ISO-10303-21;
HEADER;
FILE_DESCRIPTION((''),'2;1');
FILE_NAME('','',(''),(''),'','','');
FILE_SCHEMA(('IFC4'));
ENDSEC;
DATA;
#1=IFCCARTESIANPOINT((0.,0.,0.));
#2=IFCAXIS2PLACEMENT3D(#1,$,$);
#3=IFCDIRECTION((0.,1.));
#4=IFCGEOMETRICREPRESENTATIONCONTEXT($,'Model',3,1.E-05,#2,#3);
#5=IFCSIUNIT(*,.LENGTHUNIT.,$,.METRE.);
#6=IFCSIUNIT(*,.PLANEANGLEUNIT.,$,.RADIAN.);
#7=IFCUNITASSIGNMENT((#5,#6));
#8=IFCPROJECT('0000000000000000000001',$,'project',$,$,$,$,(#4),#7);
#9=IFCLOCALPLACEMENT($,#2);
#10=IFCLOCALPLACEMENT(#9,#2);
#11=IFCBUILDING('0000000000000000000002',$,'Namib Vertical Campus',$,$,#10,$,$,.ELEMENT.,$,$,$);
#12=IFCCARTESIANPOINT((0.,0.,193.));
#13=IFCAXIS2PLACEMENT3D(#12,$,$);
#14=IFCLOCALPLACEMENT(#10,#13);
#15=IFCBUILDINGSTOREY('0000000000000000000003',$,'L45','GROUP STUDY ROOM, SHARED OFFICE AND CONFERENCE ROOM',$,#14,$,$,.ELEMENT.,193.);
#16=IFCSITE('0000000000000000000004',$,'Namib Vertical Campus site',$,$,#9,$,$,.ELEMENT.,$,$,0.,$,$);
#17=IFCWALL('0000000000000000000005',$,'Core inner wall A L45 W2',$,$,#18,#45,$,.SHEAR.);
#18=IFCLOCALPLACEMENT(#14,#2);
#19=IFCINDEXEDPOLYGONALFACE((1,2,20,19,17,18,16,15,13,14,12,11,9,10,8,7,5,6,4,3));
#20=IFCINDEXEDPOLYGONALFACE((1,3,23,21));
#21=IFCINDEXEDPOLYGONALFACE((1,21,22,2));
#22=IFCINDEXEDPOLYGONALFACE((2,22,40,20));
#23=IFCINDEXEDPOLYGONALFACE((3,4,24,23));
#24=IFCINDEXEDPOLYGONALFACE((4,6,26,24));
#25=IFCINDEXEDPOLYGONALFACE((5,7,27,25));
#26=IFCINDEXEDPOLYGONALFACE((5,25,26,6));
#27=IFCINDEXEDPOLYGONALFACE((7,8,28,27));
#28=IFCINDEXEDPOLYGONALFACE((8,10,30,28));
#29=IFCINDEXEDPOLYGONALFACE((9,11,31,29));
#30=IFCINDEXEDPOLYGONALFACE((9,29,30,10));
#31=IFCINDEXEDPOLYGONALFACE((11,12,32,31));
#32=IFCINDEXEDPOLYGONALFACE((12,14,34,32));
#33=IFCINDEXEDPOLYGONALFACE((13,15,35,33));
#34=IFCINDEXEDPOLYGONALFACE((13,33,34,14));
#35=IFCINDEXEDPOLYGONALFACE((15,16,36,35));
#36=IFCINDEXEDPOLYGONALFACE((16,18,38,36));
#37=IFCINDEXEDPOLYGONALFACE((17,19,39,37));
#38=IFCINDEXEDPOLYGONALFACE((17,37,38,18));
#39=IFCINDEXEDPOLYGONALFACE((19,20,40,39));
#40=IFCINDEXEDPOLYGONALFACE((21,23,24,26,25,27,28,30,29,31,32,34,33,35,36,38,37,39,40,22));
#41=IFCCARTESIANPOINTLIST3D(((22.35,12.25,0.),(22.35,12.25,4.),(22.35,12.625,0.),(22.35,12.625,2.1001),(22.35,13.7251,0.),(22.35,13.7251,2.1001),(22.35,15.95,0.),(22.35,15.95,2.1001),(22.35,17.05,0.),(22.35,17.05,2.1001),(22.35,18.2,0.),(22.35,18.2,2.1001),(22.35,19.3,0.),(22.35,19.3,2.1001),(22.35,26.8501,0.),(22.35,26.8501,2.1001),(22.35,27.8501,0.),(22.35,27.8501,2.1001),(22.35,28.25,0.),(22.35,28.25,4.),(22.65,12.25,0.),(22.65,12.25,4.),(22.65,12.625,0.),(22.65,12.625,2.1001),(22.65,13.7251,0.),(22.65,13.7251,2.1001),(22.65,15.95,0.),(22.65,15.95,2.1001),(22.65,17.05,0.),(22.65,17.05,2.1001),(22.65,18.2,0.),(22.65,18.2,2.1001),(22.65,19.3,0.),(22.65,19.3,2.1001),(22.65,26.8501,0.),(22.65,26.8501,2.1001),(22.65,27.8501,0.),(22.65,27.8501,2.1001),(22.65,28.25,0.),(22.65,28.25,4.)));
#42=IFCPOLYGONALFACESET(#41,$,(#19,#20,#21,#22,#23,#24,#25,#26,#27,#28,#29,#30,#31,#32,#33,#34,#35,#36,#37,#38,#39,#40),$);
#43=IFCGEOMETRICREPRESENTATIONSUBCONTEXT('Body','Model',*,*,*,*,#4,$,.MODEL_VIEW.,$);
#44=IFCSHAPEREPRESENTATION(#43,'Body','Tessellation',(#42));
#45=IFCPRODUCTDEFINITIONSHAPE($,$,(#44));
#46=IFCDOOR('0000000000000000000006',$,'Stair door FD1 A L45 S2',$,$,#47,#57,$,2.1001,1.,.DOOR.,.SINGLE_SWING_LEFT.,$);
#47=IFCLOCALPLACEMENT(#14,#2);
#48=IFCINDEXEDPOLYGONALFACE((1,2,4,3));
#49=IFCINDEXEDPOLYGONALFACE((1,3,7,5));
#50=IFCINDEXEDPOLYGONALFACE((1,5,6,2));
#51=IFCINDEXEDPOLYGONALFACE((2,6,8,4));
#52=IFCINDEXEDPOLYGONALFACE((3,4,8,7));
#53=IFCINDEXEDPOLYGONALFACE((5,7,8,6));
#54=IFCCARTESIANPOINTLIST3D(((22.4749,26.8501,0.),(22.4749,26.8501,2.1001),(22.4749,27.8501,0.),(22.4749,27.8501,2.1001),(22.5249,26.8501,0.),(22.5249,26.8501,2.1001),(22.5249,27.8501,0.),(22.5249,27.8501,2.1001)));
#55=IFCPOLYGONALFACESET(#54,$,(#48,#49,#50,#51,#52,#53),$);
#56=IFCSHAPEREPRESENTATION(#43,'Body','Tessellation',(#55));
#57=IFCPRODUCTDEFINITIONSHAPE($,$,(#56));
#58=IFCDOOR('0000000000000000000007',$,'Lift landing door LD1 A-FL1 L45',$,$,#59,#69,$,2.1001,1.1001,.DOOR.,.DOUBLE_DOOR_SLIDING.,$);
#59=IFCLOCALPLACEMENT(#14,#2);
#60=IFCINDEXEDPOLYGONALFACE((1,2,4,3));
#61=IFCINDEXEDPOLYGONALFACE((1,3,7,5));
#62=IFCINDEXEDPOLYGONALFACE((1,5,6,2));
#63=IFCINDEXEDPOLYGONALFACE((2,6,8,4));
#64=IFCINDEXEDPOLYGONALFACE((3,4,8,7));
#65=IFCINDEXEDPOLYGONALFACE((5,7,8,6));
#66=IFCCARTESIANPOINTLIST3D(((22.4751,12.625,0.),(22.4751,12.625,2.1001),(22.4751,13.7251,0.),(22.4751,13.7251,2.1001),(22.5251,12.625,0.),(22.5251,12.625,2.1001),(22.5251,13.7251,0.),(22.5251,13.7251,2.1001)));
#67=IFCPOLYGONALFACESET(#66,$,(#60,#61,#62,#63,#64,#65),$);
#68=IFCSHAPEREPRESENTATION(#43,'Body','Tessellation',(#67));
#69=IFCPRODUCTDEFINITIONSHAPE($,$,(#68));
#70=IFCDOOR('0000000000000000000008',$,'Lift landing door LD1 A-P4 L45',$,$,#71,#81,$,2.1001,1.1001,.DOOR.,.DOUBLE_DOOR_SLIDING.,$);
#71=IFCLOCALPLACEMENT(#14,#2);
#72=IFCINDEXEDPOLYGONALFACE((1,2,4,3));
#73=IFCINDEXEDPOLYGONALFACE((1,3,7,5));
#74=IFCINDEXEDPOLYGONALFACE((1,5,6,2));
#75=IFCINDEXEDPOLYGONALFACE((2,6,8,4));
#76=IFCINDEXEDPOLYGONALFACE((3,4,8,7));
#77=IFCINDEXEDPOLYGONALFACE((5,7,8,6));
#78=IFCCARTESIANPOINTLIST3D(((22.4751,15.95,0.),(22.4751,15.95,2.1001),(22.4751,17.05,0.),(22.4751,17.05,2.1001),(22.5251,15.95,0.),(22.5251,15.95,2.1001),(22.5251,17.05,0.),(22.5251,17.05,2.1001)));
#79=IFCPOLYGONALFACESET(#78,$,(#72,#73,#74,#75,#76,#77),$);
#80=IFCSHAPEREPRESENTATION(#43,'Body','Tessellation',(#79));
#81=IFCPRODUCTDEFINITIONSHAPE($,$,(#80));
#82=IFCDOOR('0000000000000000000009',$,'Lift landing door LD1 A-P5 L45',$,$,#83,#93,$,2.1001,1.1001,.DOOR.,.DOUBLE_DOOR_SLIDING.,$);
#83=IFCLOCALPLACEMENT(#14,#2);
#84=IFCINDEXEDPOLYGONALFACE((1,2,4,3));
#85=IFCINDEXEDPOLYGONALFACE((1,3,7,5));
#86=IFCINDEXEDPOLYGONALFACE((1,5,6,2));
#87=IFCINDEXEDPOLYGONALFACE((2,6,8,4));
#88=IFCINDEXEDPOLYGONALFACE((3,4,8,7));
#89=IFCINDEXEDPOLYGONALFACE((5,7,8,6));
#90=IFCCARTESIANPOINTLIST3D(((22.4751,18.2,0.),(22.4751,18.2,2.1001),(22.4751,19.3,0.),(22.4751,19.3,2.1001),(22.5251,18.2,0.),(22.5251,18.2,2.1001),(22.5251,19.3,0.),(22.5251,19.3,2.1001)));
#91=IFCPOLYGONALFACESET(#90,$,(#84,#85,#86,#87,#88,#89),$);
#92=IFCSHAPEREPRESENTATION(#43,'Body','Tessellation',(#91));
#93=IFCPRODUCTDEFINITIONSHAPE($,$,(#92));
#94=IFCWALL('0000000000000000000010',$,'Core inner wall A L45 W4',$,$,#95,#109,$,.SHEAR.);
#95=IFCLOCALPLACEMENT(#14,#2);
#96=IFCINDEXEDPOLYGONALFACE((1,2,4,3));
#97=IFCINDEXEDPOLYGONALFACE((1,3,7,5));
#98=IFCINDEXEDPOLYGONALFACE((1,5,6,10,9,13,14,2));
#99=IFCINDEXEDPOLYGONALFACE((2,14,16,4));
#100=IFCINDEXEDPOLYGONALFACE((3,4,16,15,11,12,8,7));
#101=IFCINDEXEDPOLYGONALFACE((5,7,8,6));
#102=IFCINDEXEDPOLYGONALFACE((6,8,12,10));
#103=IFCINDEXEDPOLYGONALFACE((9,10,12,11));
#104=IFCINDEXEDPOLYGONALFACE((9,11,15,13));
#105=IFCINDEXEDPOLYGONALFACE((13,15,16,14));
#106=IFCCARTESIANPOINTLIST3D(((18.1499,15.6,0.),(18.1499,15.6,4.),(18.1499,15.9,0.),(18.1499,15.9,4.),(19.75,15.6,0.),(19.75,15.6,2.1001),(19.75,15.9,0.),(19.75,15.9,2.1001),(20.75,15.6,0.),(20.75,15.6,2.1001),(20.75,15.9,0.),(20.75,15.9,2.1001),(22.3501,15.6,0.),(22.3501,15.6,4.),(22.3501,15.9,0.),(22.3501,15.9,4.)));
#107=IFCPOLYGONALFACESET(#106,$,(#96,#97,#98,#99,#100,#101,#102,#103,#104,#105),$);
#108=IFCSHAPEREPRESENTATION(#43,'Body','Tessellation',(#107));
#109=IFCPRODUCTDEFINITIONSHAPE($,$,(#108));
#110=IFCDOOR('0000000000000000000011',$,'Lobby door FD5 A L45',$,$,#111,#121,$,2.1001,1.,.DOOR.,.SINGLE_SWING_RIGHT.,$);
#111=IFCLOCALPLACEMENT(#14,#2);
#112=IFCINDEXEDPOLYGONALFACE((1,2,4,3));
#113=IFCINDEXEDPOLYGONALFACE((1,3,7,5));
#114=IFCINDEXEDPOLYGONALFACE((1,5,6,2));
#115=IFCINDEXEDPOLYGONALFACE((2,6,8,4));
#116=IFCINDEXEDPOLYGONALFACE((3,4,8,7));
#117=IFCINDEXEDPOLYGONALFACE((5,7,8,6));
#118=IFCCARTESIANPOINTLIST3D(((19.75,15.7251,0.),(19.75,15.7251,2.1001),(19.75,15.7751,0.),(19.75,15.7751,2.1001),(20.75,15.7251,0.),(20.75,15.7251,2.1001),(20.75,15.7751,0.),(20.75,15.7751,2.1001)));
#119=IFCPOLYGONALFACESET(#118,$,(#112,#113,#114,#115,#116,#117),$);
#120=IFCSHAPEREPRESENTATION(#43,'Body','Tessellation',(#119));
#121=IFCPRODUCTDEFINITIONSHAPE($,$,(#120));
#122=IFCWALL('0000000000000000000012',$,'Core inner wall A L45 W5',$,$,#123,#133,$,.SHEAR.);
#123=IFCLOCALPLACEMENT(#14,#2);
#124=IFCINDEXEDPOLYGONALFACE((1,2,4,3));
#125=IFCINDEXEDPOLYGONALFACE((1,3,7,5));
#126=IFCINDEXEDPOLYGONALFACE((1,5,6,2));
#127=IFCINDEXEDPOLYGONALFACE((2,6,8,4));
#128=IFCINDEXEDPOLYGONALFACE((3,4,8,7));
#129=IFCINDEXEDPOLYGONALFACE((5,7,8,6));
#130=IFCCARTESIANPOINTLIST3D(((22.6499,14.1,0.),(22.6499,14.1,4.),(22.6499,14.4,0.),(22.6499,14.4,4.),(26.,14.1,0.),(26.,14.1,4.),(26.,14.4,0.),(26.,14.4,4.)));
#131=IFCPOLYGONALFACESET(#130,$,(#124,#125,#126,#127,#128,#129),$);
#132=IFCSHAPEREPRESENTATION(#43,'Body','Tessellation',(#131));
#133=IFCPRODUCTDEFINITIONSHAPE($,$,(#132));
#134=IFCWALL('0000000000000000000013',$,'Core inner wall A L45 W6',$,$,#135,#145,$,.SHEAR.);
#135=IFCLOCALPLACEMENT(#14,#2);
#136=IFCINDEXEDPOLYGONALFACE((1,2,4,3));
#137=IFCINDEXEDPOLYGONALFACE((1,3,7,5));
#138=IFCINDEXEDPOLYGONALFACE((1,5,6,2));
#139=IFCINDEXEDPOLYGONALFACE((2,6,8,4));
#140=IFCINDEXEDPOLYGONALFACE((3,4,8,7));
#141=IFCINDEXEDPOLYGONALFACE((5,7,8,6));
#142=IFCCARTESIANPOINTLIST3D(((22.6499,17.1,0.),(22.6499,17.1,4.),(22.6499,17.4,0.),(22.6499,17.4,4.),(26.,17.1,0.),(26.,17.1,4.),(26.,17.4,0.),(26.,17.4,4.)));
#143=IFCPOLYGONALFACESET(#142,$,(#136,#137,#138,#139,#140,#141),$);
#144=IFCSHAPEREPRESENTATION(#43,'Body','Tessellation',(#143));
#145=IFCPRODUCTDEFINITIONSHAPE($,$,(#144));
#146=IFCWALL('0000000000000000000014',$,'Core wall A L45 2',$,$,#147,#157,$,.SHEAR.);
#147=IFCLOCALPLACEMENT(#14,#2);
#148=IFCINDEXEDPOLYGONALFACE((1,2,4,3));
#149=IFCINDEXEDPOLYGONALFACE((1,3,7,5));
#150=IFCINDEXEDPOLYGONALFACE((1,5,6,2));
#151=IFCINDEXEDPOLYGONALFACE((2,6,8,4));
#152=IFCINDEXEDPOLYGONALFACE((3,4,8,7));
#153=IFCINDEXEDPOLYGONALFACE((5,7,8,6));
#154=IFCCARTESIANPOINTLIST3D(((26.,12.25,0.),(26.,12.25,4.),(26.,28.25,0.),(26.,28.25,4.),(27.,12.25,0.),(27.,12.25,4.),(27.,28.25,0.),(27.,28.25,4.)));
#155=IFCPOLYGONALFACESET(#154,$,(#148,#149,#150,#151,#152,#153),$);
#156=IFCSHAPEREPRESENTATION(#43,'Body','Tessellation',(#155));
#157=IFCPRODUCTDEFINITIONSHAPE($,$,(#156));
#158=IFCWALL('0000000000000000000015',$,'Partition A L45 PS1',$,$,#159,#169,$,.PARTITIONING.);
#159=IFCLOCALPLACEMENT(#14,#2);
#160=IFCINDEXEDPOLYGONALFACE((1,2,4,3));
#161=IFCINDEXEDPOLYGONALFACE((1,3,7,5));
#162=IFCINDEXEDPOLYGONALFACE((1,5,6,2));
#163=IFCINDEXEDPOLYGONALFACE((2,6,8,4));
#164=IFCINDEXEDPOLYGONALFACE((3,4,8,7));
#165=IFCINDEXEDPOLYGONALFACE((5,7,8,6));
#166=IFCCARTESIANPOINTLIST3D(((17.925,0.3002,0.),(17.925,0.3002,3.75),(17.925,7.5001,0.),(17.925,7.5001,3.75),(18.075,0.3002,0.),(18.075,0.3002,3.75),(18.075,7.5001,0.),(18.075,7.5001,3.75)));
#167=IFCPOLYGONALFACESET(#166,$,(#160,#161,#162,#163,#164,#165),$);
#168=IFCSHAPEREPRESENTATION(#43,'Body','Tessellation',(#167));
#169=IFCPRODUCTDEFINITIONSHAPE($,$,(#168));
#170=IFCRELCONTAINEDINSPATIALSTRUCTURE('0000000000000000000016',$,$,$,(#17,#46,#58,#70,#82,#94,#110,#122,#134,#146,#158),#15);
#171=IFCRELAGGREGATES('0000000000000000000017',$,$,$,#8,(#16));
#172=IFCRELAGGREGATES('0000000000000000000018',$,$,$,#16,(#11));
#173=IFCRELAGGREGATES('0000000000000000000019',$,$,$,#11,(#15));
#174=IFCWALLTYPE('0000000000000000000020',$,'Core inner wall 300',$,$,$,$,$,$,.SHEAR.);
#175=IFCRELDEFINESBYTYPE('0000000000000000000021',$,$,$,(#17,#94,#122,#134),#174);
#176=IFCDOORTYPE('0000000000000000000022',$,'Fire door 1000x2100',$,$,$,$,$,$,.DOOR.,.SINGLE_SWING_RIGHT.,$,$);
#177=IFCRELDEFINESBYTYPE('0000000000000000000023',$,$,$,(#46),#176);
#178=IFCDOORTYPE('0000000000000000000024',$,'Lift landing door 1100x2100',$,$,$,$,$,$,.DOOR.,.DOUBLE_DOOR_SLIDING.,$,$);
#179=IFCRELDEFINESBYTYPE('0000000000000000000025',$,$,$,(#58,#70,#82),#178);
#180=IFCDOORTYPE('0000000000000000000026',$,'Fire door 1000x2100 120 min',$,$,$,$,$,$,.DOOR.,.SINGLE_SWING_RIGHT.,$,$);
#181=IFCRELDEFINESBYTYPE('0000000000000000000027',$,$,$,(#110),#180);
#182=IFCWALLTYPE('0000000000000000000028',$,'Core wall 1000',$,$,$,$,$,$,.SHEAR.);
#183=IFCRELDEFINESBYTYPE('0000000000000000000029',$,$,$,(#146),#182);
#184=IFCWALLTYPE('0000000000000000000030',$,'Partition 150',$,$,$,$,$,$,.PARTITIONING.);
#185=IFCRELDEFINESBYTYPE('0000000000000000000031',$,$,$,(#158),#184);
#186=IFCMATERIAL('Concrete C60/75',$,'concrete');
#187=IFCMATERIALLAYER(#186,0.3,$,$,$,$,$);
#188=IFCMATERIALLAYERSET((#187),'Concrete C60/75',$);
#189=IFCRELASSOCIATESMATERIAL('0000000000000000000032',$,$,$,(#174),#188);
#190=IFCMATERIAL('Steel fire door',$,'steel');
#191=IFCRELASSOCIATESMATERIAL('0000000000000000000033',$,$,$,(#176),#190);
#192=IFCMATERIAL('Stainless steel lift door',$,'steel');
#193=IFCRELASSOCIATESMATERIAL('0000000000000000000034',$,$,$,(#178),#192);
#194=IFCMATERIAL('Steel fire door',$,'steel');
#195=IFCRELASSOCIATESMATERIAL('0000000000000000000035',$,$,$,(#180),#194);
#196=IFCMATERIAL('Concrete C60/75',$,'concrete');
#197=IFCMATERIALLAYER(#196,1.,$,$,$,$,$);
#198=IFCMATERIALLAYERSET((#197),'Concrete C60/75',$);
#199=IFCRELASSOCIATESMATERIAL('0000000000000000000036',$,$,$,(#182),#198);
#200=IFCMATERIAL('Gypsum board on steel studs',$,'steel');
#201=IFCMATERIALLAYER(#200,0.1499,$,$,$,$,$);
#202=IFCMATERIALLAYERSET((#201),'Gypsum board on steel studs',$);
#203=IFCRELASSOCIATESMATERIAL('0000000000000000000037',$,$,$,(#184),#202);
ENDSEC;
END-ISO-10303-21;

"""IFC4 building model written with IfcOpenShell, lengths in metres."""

from ifc_helpers import new_model, si_unit, direction, frame, frame_2d, origin, place, context, subcontext, project, spatial, rectangle, extrude, material, layer, layer_set, type_object, element, fill, save


model = new_model("IFC4")

# Units and contexts
model_context = context("Model", 3, precision=1e-05, world=origin(), true_north=direction((0.0, 1.0)))
body_context = subcontext(model_context, "Body", "Model", "MODEL_VIEW")
ifc_project = project(units=[si_unit("LENGTHUNIT", "METRE"), si_unit("PLANEANGLEUNIT", "RADIAN")], contexts=[model_context])

# Site, building, storey
site_placement = place(None, origin())
site = spatial("IfcSite", under=ifc_project, at=site_placement, Name="Namib Vertical Campus site", CompositionType="ELEMENT", RefElevation=0.0)
building_placement = place(site_placement, origin())
building = spatial("IfcBuilding", under=site, at=building_placement, Name="Namib Vertical Campus", CompositionType="ELEMENT")
storey_placement = place(building_placement, frame((0.0, 0.0, 193.0)))
storey = spatial("IfcBuildingStorey", under=building, at=storey_placement, Name="L45", Description="GROUP STUDY ROOM, SHARED OFFICE AND CONFERENCE ROOM", CompositionType="ELEMENT", Elevation=193.0)

# Wall, openings, doors
ifc_material_1 = material(Name="Concrete C60/75", Category="concrete")
ifc_layer_1 = layer(ifc_material_1, 0.3)
ifc_layer_set_1 = layer_set([ifc_layer_1], Name="Concrete C60/75")
wall_type_1 = type_object("IfcWallType", Name="Core inner wall 300", PredefinedType="SHEAR", material=ifc_layer_set_1)
ifc_material_2 = material(Name="Steel fire door", Category="steel")
door_type_1 = type_object("IfcDoorType", Name="Fire door 1000x2100", OperationType="SINGLE_SWING_RIGHT", PredefinedType="DOOR", material=ifc_material_2)
ifc_material_3 = material(Name="Stainless steel lift door", Category="steel")
door_type_2 = type_object("IfcDoorType", Name="Lift landing door 1100x2100", OperationType="DOUBLE_DOOR_SLIDING", PredefinedType="DOOR", material=ifc_material_3)
wall_1_placement = place(storey_placement, frame((22.5, 12.25, 0.0), z_axis=(0.0, 0.0, 1.0), x_axis=(0.0, 1.0, 0.0)))
wall_1 = element("IfcWall", 1, at=wall_1_placement, inside=storey, type_object=wall_type_1, Name="Core inner wall A L45 W2", PredefinedType="SHEAR", context=body_context, shape_type="SweptSolid", body=[
    extrude(rectangle(XDim=16.0, YDim=0.3, at=frame_2d((8.0, 0.0))), origin(), (0.0, 0.0, 1.0), 4.0),
])
opening_1_placement = place(wall_1_placement, frame((14.6001, 0.0, 0.0)))
opening_1 = element("IfcOpeningElement", 2, at=opening_1_placement, cuts=wall_1, PredefinedType="OPENING", context=body_context, shape_type="SweptSolid", body=[
    extrude(rectangle(XDim=1.0, YDim=2.1001, at=frame_2d((0.5, 1.05))), frame((0.0, 0.1599, 0.0), z_axis=(0.0, -1.0, 0.0), x_axis=(1.0, 0.0, 0.0)), (0.0, 0.0, 1.0), 0.3201),
])
opening_2_placement = place(wall_1_placement, frame((0.375, 0.0, 0.0)))
opening_2 = element("IfcOpeningElement", 3, at=opening_2_placement, cuts=wall_1, PredefinedType="OPENING", context=body_context, shape_type="SweptSolid", body=[
    extrude(rectangle(XDim=1.1001, YDim=2.1001, at=frame_2d((0.55, 1.05))), frame((0.0, 0.1599, 0.0), z_axis=(0.0, -1.0, 0.0), x_axis=(1.0, 0.0, 0.0)), (0.0, 0.0, 1.0), 0.3201),
])
opening_3_placement = place(wall_1_placement, frame((3.7, 0.0, 0.0)))
opening_3 = element("IfcOpeningElement", 4, at=opening_3_placement, cuts=wall_1, PredefinedType="OPENING", context=body_context, shape_type="SweptSolid", body=[
    extrude(rectangle(XDim=1.1001, YDim=2.1001, at=frame_2d((0.55, 1.05))), frame((0.0, 0.1599, 0.0), z_axis=(0.0, -1.0, 0.0), x_axis=(1.0, 0.0, 0.0)), (0.0, 0.0, 1.0), 0.3201),
])
opening_4_placement = place(wall_1_placement, frame((5.95, 0.0, 0.0)))
opening_4 = element("IfcOpeningElement", 5, at=opening_4_placement, cuts=wall_1, PredefinedType="OPENING", context=body_context, shape_type="SweptSolid", body=[
    extrude(rectangle(XDim=1.1001, YDim=2.1001, at=frame_2d((0.55, 1.05))), frame((0.0, 0.1599, 0.0), z_axis=(0.0, -1.0, 0.0), x_axis=(1.0, 0.0, 0.0)), (0.0, 0.0, 1.0), 0.3201),
])
door_1_placement = place(opening_1_placement, frame((1.0, 0.0, 0.0), z_axis=(0.0, 0.0, 1.0), x_axis=(-1.0, 0.0, 0.0)))
door_1 = element("IfcDoor", 6, at=door_1_placement, inside=storey, type_object=door_type_1, Name="Stair door FD1 A L45 S2", OperationType="SINGLE_SWING_LEFT", OverallHeight=2.1001, OverallWidth=1.0, PredefinedType="DOOR", context=body_context, shape_type="SweptSolid", body=[
    extrude(rectangle(XDim=1.0, YDim=2.1001, at=frame_2d((0.5, 1.05))), frame((0.0, 0.0249, 0.0), z_axis=(0.0, -1.0, 0.0), x_axis=(1.0, 0.0, 0.0)), (0.0, 0.0, 1.0), 0.05),
])
fill(opening_1, door_1)
door_2_placement = place(opening_2_placement, origin())
door_2 = element("IfcDoor", 7, at=door_2_placement, inside=storey, type_object=door_type_2, Name="Lift landing door LD1 A-FL1 L45", OperationType="DOUBLE_DOOR_SLIDING", OverallHeight=2.1001, OverallWidth=1.1001, PredefinedType="DOOR", context=body_context, shape_type="SweptSolid", body=[
    extrude(rectangle(XDim=1.1001, YDim=2.1001, at=frame_2d((0.55, 1.05))), frame((0.0, 0.0249, 0.0), z_axis=(0.0, -1.0, 0.0), x_axis=(1.0, 0.0, 0.0)), (0.0, 0.0, 1.0), 0.05),
])
fill(opening_2, door_2)
door_3_placement = place(opening_3_placement, origin())
door_3 = element("IfcDoor", 8, at=door_3_placement, inside=storey, type_object=door_type_2, Name="Lift landing door LD1 A-P4 L45", OperationType="DOUBLE_DOOR_SLIDING", OverallHeight=2.1001, OverallWidth=1.1001, PredefinedType="DOOR", context=body_context, shape_type="SweptSolid", body=[
    extrude(rectangle(XDim=1.1001, YDim=2.1001, at=frame_2d((0.55, 1.05))), frame((0.0, 0.0249, 0.0), z_axis=(0.0, -1.0, 0.0), x_axis=(1.0, 0.0, 0.0)), (0.0, 0.0, 1.0), 0.05),
])
fill(opening_3, door_3)
door_4_placement = place(opening_4_placement, origin())
door_4 = element("IfcDoor", 9, at=door_4_placement, inside=storey, type_object=door_type_2, Name="Lift landing door LD1 A-P5 L45", OperationType="DOUBLE_DOOR_SLIDING", OverallHeight=2.1001, OverallWidth=1.1001, PredefinedType="DOOR", context=body_context, shape_type="SweptSolid", body=[
    extrude(rectangle(XDim=1.1001, YDim=2.1001, at=frame_2d((0.55, 1.05))), frame((0.0, 0.0249, 0.0), z_axis=(0.0, -1.0, 0.0), x_axis=(1.0, 0.0, 0.0)), (0.0, 0.0, 1.0), 0.05),
])
fill(opening_4, door_4)

# Wall, opening, door
wall_2_placement = place(storey_placement, frame((18.1499, 15.75, 0.0), z_axis=(0.0, 0.0, 1.0), x_axis=(1.0, 0.0, 0.0)))
wall_2 = element("IfcWall", 10, at=wall_2_placement, inside=storey, type_object=wall_type_1, Name="Core inner wall A L45 W4", PredefinedType="SHEAR", context=body_context, shape_type="SweptSolid", body=[
    extrude(rectangle(XDim=4.2002, YDim=0.3, at=frame_2d((2.1001, 0.0))), origin(), (0.0, 0.0, 1.0), 4.0),
])
opening_5_placement = place(wall_2_placement, frame((1.6001, 0.0, 0.0)))
opening_5 = element("IfcOpeningElement", 11, at=opening_5_placement, cuts=wall_2, PredefinedType="OPENING", context=body_context, shape_type="SweptSolid", body=[
    extrude(rectangle(XDim=1.0, YDim=2.1001, at=frame_2d((0.5, 1.05))), frame((0.0, 0.1599, 0.0), z_axis=(0.0, -1.0, 0.0), x_axis=(1.0, 0.0, 0.0)), (0.0, 0.0, 1.0), 0.3201),
])
ifc_material_4 = material(Name="Steel fire door", Category="steel")
door_type_3 = type_object("IfcDoorType", Name="Fire door 1000x2100 120 min", OperationType="SINGLE_SWING_RIGHT", PredefinedType="DOOR", material=ifc_material_4)
door_5_placement = place(opening_5_placement, frame((1.0, 0.0, 0.0), z_axis=(0.0, 0.0, 1.0), x_axis=(-1.0, 0.0, 0.0)))
door_5 = element("IfcDoor", 12, at=door_5_placement, inside=storey, type_object=door_type_3, Name="Lobby door FD5 A L45", OperationType="SINGLE_SWING_RIGHT", OverallHeight=2.1001, OverallWidth=1.0, PredefinedType="DOOR", context=body_context, shape_type="SweptSolid", body=[
    extrude(rectangle(XDim=1.0, YDim=2.1001, at=frame_2d((0.5, 1.05))), frame((0.0, 0.0249, 0.0), z_axis=(0.0, -1.0, 0.0), x_axis=(1.0, 0.0, 0.0)), (0.0, 0.0, 1.0), 0.05),
])
fill(opening_5, door_5)

# Walls
for number, where, z_axis, x_axis, name in (
    (13, (22.6499, 14.25, 0.0), (0.0, 0.0, 1.0), (1.0, 0.0, 0.0), "Core inner wall A L45 W5"),
    (14, (22.6499, 17.25, 0.0), (0.0, 0.0, 1.0), (1.0, 0.0, 0.0), "Core inner wall A L45 W6"),
):
    element("IfcWall", number, at=place(storey_placement, frame(where, z_axis=z_axis, x_axis=x_axis)), inside=storey, type_object=wall_type_1, Name=name, PredefinedType="SHEAR", context=body_context, shape_type="SweptSolid", body=[
        extrude(rectangle(XDim=3.3501, YDim=0.3, at=frame_2d((1.675, 0.0))), origin(), (0.0, 0.0, 1.0), 4.0),
    ])
ifc_material_5 = material(Name="Concrete C60/75", Category="concrete")
ifc_layer_2 = layer(ifc_material_5, 1.0)
ifc_layer_set_2 = layer_set([ifc_layer_2], Name="Concrete C60/75")
wall_type_2 = type_object("IfcWallType", Name="Core wall 1000", PredefinedType="SHEAR", material=ifc_layer_set_2)
wall_3_placement = place(storey_placement, frame((26.5, 12.25, 0.0), z_axis=(0.0, 0.0, 1.0), x_axis=(0.0, 1.0, 0.0)))
element("IfcWall", 15, at=wall_3_placement, inside=storey, type_object=wall_type_2, Name="Core wall A L45 2", PredefinedType="SHEAR", context=body_context, shape_type="SweptSolid", body=[
    extrude(rectangle(XDim=16.0, YDim=1.0, at=frame_2d((8.0, 0.0))), origin(), (0.0, 0.0, 1.0), 4.0),
])
ifc_material_6 = material(Name="Gypsum board on steel studs", Category="steel")
ifc_layer_3 = layer(ifc_material_6, 0.1499)
ifc_layer_set_3 = layer_set([ifc_layer_3], Name="Gypsum board on steel studs")
wall_type_3 = type_object("IfcWallType", Name="Partition 150", PredefinedType="PARTITIONING", material=ifc_layer_set_3)
for number, where, z_axis, x_axis, name in (
    (16, (18.0, 0.3, 0.0), (0.0, 0.0, 1.0), (0.0, 1.0, 0.0), "Partition A L45 PS1"),
):
    element("IfcWall", number, at=place(storey_placement, frame(where, z_axis=z_axis, x_axis=x_axis)), inside=storey, type_object=wall_type_3, Name=name, PredefinedType="PARTITIONING", context=body_context, shape_type="SweptSolid", body=[
        extrude(rectangle(XDim=7.2, YDim=0.1499, at=frame_2d((3.6001, 0.0))), origin(), (0.0, 0.0, 1.0), 3.75),
    ])

save(model, "model.ifc")
